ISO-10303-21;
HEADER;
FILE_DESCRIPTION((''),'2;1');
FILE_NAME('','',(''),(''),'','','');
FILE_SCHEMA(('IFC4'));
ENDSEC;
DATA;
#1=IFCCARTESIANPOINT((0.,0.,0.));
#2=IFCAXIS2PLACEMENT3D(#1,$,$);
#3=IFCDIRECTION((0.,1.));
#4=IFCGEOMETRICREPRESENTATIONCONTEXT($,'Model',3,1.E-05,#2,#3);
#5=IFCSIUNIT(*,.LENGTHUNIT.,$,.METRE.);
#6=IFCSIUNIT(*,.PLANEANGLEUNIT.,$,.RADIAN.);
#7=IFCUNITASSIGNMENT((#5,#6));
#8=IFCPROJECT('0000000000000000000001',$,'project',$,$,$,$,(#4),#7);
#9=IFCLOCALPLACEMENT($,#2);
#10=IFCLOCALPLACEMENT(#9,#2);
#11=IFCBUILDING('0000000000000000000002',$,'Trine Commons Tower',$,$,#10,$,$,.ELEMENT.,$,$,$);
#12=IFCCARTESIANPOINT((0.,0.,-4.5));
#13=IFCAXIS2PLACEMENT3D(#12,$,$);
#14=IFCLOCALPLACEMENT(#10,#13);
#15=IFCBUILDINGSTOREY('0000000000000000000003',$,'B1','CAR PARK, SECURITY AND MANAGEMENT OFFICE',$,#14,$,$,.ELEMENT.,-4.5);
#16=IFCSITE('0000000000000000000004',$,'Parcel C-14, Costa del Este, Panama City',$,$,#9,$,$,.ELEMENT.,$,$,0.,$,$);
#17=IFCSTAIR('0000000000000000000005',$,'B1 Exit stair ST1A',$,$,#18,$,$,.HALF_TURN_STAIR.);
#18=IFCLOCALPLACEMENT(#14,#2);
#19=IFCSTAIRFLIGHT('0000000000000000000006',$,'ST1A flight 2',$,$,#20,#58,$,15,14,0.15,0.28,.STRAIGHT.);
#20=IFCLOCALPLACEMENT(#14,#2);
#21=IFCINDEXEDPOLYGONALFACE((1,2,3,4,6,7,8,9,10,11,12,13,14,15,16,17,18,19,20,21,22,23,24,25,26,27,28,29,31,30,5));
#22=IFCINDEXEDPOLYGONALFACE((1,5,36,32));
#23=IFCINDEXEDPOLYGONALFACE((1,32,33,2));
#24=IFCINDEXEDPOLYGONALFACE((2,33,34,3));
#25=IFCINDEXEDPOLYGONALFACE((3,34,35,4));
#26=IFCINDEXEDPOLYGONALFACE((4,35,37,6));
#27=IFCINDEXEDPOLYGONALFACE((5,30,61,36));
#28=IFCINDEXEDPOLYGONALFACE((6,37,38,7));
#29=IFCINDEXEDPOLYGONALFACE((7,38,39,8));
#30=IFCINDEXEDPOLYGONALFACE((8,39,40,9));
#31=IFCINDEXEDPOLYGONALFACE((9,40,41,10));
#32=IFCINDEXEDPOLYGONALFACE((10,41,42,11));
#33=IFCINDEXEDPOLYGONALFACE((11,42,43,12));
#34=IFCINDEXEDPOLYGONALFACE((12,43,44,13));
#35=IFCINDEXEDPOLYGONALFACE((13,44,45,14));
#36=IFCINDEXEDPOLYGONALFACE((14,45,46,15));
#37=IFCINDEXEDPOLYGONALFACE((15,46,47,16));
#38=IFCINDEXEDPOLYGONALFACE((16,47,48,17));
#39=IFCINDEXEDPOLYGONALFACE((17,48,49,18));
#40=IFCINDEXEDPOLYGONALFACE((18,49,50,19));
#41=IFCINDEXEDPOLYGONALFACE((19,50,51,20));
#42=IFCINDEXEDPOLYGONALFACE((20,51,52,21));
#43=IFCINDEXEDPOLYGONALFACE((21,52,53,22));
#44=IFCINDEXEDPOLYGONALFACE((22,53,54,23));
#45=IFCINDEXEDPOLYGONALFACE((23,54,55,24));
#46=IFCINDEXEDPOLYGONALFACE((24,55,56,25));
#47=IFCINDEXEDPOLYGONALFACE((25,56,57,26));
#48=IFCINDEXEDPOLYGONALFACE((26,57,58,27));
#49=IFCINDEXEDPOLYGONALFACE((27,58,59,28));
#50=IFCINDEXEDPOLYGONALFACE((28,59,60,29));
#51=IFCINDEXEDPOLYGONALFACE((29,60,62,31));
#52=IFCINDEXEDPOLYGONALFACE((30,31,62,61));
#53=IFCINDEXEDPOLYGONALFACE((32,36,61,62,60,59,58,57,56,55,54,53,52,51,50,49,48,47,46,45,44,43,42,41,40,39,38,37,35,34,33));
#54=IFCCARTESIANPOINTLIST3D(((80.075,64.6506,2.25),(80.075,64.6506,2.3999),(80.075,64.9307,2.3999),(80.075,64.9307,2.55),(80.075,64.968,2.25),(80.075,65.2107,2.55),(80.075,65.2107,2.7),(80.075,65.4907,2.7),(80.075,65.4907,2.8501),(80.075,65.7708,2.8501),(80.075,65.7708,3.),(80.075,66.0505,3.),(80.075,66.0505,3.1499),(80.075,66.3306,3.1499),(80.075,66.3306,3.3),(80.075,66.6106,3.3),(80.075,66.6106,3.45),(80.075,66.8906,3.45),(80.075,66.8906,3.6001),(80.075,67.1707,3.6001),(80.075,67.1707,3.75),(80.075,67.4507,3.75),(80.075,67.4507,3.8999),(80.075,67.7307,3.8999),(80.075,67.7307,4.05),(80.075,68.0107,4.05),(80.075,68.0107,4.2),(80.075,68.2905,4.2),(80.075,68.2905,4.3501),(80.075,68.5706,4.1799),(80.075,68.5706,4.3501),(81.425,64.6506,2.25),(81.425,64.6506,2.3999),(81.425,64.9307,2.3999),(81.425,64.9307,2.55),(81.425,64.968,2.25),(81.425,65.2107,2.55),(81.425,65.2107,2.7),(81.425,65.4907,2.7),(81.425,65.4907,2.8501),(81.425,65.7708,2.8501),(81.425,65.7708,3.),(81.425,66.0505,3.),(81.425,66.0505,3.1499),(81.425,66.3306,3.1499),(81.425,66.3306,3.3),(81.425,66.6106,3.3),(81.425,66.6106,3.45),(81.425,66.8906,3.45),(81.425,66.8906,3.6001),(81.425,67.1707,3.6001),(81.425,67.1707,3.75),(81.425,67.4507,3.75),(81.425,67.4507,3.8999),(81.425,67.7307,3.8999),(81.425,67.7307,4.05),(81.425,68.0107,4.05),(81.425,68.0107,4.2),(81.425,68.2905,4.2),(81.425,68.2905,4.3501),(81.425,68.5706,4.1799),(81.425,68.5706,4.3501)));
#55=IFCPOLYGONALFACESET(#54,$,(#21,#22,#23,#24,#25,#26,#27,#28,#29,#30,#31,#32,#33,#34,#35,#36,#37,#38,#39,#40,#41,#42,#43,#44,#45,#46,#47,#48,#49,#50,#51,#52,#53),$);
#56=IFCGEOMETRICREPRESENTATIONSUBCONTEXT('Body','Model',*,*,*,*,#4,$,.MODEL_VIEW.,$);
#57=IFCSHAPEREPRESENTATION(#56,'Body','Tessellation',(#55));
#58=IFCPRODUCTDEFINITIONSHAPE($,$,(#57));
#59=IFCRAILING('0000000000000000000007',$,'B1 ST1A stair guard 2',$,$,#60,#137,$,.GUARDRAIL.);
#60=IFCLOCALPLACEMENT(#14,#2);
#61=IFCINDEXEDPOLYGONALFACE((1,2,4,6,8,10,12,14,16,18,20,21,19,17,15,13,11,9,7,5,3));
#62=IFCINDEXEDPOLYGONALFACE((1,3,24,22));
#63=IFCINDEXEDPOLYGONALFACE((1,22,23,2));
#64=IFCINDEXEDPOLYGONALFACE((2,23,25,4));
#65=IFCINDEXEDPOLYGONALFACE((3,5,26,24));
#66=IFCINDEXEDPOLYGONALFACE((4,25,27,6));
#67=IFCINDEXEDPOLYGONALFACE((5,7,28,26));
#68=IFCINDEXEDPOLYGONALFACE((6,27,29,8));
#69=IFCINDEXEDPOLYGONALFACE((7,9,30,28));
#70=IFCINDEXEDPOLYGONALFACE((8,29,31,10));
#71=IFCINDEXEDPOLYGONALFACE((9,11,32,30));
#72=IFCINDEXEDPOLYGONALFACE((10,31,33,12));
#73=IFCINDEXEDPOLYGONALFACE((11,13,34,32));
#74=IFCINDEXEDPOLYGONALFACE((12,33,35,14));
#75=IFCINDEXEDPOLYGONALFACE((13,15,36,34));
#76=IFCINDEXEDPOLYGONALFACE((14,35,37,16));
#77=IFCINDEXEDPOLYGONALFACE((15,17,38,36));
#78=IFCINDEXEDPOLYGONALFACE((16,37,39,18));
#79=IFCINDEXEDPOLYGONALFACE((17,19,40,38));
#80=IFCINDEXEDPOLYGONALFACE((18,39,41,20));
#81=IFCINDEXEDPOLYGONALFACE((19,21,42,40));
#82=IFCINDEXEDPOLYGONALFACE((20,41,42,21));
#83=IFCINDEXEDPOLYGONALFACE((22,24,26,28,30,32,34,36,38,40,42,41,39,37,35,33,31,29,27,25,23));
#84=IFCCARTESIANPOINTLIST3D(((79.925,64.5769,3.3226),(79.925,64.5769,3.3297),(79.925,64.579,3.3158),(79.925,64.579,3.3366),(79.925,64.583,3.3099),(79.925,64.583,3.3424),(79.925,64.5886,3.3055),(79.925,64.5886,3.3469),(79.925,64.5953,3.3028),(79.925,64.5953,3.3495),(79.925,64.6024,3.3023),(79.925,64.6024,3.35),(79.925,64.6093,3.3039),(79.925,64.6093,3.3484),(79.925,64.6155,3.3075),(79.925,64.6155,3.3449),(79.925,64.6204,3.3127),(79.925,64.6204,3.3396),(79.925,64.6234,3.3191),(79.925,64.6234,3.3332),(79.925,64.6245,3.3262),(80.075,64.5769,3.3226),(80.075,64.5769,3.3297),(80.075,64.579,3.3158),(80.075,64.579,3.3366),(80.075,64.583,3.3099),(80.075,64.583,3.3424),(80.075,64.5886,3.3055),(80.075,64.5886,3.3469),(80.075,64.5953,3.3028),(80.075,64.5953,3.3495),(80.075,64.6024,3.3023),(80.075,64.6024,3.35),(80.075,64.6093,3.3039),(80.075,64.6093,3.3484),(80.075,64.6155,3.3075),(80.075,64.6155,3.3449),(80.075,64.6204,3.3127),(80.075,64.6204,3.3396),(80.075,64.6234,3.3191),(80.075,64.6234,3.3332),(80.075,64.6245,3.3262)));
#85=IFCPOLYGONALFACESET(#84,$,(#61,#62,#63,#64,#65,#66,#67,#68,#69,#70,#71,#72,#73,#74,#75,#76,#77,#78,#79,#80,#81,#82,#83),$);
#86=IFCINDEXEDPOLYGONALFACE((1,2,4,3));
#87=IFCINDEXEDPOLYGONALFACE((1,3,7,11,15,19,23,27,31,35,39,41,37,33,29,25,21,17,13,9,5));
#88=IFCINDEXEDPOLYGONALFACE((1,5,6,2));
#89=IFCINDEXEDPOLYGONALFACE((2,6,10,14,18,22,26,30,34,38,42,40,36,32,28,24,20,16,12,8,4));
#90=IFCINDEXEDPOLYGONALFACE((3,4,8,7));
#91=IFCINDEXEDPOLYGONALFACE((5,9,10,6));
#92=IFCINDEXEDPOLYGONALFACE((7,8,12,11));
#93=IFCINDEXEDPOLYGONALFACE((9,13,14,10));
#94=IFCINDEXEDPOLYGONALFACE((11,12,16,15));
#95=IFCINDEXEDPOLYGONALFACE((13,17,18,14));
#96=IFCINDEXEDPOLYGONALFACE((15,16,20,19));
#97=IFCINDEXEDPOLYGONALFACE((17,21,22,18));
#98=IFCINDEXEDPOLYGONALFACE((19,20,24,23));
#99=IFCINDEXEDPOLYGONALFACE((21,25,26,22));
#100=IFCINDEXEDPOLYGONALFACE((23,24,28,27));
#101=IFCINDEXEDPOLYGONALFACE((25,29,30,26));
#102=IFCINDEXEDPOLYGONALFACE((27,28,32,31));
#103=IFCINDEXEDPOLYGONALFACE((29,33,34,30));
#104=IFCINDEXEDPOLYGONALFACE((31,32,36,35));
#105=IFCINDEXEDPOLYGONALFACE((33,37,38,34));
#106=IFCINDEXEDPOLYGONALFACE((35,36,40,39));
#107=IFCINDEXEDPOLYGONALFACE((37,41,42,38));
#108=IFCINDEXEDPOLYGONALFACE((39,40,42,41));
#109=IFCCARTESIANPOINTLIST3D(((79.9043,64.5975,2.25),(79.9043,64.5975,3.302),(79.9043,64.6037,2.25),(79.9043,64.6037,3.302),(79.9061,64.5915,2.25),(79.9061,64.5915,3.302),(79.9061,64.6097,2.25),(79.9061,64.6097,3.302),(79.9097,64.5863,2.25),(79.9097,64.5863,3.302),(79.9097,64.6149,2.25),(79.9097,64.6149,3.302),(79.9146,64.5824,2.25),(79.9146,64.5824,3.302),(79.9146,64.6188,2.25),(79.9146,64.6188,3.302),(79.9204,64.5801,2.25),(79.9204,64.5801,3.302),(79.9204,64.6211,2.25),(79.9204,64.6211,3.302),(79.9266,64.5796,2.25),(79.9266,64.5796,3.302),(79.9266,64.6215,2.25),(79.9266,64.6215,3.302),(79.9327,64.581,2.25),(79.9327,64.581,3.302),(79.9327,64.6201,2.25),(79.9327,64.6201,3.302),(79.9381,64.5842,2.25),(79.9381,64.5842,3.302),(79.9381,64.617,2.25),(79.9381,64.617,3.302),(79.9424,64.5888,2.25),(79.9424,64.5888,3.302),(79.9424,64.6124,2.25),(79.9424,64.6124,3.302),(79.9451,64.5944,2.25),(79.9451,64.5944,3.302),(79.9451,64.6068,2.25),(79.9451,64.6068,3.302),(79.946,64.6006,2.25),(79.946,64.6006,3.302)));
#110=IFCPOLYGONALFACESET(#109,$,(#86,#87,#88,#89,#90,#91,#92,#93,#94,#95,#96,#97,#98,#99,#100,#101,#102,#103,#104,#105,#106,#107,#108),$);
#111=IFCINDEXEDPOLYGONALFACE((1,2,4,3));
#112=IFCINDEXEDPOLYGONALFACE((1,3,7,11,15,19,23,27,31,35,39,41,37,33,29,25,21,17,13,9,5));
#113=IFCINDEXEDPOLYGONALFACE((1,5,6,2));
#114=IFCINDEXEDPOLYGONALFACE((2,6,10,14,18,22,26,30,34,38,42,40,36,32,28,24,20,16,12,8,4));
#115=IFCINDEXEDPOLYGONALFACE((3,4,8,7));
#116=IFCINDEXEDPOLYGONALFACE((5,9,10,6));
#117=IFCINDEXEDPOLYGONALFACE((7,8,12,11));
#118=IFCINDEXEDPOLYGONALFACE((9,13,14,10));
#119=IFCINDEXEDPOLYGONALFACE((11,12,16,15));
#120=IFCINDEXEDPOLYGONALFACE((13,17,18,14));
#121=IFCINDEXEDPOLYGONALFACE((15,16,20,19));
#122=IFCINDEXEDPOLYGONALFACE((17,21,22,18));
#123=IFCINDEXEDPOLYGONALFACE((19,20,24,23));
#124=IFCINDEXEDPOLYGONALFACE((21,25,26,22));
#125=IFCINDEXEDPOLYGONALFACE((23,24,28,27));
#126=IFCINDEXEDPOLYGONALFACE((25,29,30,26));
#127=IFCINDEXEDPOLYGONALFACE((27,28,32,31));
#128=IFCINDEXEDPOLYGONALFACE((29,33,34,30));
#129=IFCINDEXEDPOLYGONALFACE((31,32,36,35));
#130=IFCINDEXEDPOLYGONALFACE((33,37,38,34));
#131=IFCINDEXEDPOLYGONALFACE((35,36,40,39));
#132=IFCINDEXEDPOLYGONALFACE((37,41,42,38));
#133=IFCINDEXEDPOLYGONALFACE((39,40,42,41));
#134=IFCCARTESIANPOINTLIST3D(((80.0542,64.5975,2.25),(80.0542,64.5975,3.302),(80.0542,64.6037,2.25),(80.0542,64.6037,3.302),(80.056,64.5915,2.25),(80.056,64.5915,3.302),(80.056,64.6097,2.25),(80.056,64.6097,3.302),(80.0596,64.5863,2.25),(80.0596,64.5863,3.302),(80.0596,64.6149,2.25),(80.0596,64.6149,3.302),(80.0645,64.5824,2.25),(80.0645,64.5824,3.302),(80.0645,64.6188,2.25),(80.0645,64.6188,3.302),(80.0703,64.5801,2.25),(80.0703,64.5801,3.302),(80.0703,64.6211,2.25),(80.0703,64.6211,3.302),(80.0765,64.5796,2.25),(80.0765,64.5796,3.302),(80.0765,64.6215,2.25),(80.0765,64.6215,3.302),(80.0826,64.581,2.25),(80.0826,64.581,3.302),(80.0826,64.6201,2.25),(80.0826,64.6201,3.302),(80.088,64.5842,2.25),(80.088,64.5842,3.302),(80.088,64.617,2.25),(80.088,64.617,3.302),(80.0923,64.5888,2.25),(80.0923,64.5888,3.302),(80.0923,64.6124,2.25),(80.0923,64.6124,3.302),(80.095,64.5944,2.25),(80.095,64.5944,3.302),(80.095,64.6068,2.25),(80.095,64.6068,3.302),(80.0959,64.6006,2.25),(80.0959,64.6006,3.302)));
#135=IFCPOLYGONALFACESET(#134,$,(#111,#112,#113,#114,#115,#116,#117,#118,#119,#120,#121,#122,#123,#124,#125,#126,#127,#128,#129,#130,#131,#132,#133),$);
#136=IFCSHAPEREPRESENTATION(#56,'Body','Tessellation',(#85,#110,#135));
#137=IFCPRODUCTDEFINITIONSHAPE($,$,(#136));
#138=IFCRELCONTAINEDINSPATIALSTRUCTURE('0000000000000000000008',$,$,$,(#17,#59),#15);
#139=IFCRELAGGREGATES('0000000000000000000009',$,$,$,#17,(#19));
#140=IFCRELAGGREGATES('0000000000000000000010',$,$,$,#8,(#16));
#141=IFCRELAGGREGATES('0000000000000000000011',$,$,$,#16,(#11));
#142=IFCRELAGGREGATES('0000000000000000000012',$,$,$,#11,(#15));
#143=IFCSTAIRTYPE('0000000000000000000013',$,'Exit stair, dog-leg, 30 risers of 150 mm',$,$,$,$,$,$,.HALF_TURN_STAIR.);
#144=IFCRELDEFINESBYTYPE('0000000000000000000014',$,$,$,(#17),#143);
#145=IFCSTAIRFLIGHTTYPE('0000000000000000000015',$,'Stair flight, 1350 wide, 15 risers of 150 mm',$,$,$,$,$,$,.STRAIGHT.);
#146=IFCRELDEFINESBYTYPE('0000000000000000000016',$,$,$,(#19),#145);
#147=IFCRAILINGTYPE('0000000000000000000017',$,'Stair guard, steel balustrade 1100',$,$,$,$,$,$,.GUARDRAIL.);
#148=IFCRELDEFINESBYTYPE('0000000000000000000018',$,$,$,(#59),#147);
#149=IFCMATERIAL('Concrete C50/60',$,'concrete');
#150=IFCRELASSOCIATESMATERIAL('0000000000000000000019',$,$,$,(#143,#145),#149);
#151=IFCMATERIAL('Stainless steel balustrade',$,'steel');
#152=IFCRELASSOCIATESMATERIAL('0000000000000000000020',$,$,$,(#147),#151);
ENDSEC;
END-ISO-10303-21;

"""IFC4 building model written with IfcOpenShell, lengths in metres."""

from ifc_helpers import new_model, si_unit, direction, frame, origin, origin_2d, place, context, subcontext, project, spatial, polyline, circle, outline, extrude, material, type_object, element, aggregate, save


model = new_model("IFC4")

# Units and contexts
model_context = context("Model", 3, precision=1e-05, world=origin(), true_north=direction((0.0, 1.0)))
body_context = subcontext(model_context, "Body", "Model", "MODEL_VIEW")
ifc_project = project(units=[si_unit("LENGTHUNIT", "METRE"), si_unit("PLANEANGLEUNIT", "RADIAN")], contexts=[model_context])

# Site, building, storey
site_placement = place(None, origin())
site = spatial("IfcSite", under=ifc_project, at=site_placement, Name="Parcel C-14, Costa del Este, Panama City", CompositionType="ELEMENT", RefElevation=0.0)
building_placement = place(site_placement, origin())
building = spatial("IfcBuilding", under=site, at=building_placement, Name="Trine Commons Tower", CompositionType="ELEMENT")
storey_placement = place(building_placement, frame((0.0, 0.0, -4.5)))
storey = spatial("IfcBuildingStorey", under=building, at=storey_placement, Name="B1", Description="CAR PARK, SECURITY AND MANAGEMENT OFFICE", CompositionType="ELEMENT", Elevation=-4.5)

# Stair, stair flight
ifc_material_1 = material(Name="Concrete C50/60", Category="concrete")
stair_type = type_object("IfcStairType", Name="Exit stair, dog-leg, 30 risers of 150 mm", PredefinedType="HALF_TURN_STAIR", material=ifc_material_1)
stair_placement = place(storey_placement, origin())
stair = element("IfcStair", 1, at=stair_placement, inside=storey, type_object=stair_type, Name="B1 Exit stair ST1A", PredefinedType="HALF_TURN_STAIR")
stair_flight_type = type_object("IfcStairFlightType", Name="Stair flight, 1350 wide, 15 risers of 150 mm", PredefinedType="STRAIGHT", material=ifc_material_1)
stair_flight_placement = place(storey_placement, frame((80.75, 64.6506, 2.25), z_axis=(0.0, 0.0, 1.0), x_axis=(0.0, 1.0, 0.0)))
stair_flight = element("IfcStairFlight", 2, at=stair_flight_placement, type_object=stair_flight_type, Name="ST1A flight 2", NumberOfRisers=15, NumberOfTreads=14, PredefinedType="STRAIGHT", RiserHeight=0.15, TreadLength=0.28, context=body_context, shape_type="SweptSolid", body=[
    extrude(outline(polyline([(0.0, 0.0), (0.0, 0.1499), (0.28, 0.1499), (0.28, 0.3), (0.5601, 0.3), (0.5601, 0.45), (0.8401, 0.45), (0.8401, 0.6001), (1.1201, 0.6001), (1.1201, 0.75), (1.3999, 0.75), (1.3999, 0.8999), (1.6799, 0.8999), (1.6799, 1.05), (1.96, 1.05), (1.96, 1.2), (2.24, 1.2), (2.24, 1.3501), (2.52, 1.3501), (2.52, 1.5), (2.8, 1.5), (2.8, 1.6499), (3.0801, 1.6499), (3.0801, 1.8), (3.3601, 1.8), (3.3601, 1.95), (3.6399, 1.95), (3.6399, 2.1001), (3.9199, 2.1001), (3.9199, 2.25), (3.9199, 1.9299), (0.3174, 0.0), (0.0, 0.0)])), frame((0.0, 0.675, 0.0), z_axis=(0.0, -1.0, 0.0), x_axis=(1.0, 0.0, 0.0)), (0.0, 0.0, 1.0), 1.3501),
])
aggregate(stair, [stair_flight])

# Railing
ifc_material_2 = material(Name="Stainless steel balustrade", Category="steel")
railing_type_1 = type_object("IfcRailingType", Name="Stair guard, steel balustrade 1100", PredefinedType="GUARDRAIL", material=ifc_material_2)
railing_1_placement = place(storey_placement, frame((79.925, 64.6006, 2.25)))
element("IfcRailing", 3, at=railing_1_placement, inside=storey, type_object=railing_type_1, Name="B1 ST1A stair guard 2", PredefinedType="GUARDRAIL", context=body_context, shape_type="SweptSolid", body=[
    extrude(circle(Radius=0.0239, at=origin_2d()), frame((0.0, 0.0, 1.0762), z_axis=(1.0, 0.0, 0.0), x_axis=(0.0, 1.0, 0.0)), (0.0, 0.0, 1.0), 0.1499),
    extrude(circle(Radius=0.021, at=origin_2d()), origin(), (0.0, 0.0, 1.0), 1.052),
    extrude(circle(Radius=0.021, at=origin_2d()), frame((0.1499, 0.0, 0.0)), (0.0, 0.0, 1.0), 1.052),
])

save(model, "model.ifc")
